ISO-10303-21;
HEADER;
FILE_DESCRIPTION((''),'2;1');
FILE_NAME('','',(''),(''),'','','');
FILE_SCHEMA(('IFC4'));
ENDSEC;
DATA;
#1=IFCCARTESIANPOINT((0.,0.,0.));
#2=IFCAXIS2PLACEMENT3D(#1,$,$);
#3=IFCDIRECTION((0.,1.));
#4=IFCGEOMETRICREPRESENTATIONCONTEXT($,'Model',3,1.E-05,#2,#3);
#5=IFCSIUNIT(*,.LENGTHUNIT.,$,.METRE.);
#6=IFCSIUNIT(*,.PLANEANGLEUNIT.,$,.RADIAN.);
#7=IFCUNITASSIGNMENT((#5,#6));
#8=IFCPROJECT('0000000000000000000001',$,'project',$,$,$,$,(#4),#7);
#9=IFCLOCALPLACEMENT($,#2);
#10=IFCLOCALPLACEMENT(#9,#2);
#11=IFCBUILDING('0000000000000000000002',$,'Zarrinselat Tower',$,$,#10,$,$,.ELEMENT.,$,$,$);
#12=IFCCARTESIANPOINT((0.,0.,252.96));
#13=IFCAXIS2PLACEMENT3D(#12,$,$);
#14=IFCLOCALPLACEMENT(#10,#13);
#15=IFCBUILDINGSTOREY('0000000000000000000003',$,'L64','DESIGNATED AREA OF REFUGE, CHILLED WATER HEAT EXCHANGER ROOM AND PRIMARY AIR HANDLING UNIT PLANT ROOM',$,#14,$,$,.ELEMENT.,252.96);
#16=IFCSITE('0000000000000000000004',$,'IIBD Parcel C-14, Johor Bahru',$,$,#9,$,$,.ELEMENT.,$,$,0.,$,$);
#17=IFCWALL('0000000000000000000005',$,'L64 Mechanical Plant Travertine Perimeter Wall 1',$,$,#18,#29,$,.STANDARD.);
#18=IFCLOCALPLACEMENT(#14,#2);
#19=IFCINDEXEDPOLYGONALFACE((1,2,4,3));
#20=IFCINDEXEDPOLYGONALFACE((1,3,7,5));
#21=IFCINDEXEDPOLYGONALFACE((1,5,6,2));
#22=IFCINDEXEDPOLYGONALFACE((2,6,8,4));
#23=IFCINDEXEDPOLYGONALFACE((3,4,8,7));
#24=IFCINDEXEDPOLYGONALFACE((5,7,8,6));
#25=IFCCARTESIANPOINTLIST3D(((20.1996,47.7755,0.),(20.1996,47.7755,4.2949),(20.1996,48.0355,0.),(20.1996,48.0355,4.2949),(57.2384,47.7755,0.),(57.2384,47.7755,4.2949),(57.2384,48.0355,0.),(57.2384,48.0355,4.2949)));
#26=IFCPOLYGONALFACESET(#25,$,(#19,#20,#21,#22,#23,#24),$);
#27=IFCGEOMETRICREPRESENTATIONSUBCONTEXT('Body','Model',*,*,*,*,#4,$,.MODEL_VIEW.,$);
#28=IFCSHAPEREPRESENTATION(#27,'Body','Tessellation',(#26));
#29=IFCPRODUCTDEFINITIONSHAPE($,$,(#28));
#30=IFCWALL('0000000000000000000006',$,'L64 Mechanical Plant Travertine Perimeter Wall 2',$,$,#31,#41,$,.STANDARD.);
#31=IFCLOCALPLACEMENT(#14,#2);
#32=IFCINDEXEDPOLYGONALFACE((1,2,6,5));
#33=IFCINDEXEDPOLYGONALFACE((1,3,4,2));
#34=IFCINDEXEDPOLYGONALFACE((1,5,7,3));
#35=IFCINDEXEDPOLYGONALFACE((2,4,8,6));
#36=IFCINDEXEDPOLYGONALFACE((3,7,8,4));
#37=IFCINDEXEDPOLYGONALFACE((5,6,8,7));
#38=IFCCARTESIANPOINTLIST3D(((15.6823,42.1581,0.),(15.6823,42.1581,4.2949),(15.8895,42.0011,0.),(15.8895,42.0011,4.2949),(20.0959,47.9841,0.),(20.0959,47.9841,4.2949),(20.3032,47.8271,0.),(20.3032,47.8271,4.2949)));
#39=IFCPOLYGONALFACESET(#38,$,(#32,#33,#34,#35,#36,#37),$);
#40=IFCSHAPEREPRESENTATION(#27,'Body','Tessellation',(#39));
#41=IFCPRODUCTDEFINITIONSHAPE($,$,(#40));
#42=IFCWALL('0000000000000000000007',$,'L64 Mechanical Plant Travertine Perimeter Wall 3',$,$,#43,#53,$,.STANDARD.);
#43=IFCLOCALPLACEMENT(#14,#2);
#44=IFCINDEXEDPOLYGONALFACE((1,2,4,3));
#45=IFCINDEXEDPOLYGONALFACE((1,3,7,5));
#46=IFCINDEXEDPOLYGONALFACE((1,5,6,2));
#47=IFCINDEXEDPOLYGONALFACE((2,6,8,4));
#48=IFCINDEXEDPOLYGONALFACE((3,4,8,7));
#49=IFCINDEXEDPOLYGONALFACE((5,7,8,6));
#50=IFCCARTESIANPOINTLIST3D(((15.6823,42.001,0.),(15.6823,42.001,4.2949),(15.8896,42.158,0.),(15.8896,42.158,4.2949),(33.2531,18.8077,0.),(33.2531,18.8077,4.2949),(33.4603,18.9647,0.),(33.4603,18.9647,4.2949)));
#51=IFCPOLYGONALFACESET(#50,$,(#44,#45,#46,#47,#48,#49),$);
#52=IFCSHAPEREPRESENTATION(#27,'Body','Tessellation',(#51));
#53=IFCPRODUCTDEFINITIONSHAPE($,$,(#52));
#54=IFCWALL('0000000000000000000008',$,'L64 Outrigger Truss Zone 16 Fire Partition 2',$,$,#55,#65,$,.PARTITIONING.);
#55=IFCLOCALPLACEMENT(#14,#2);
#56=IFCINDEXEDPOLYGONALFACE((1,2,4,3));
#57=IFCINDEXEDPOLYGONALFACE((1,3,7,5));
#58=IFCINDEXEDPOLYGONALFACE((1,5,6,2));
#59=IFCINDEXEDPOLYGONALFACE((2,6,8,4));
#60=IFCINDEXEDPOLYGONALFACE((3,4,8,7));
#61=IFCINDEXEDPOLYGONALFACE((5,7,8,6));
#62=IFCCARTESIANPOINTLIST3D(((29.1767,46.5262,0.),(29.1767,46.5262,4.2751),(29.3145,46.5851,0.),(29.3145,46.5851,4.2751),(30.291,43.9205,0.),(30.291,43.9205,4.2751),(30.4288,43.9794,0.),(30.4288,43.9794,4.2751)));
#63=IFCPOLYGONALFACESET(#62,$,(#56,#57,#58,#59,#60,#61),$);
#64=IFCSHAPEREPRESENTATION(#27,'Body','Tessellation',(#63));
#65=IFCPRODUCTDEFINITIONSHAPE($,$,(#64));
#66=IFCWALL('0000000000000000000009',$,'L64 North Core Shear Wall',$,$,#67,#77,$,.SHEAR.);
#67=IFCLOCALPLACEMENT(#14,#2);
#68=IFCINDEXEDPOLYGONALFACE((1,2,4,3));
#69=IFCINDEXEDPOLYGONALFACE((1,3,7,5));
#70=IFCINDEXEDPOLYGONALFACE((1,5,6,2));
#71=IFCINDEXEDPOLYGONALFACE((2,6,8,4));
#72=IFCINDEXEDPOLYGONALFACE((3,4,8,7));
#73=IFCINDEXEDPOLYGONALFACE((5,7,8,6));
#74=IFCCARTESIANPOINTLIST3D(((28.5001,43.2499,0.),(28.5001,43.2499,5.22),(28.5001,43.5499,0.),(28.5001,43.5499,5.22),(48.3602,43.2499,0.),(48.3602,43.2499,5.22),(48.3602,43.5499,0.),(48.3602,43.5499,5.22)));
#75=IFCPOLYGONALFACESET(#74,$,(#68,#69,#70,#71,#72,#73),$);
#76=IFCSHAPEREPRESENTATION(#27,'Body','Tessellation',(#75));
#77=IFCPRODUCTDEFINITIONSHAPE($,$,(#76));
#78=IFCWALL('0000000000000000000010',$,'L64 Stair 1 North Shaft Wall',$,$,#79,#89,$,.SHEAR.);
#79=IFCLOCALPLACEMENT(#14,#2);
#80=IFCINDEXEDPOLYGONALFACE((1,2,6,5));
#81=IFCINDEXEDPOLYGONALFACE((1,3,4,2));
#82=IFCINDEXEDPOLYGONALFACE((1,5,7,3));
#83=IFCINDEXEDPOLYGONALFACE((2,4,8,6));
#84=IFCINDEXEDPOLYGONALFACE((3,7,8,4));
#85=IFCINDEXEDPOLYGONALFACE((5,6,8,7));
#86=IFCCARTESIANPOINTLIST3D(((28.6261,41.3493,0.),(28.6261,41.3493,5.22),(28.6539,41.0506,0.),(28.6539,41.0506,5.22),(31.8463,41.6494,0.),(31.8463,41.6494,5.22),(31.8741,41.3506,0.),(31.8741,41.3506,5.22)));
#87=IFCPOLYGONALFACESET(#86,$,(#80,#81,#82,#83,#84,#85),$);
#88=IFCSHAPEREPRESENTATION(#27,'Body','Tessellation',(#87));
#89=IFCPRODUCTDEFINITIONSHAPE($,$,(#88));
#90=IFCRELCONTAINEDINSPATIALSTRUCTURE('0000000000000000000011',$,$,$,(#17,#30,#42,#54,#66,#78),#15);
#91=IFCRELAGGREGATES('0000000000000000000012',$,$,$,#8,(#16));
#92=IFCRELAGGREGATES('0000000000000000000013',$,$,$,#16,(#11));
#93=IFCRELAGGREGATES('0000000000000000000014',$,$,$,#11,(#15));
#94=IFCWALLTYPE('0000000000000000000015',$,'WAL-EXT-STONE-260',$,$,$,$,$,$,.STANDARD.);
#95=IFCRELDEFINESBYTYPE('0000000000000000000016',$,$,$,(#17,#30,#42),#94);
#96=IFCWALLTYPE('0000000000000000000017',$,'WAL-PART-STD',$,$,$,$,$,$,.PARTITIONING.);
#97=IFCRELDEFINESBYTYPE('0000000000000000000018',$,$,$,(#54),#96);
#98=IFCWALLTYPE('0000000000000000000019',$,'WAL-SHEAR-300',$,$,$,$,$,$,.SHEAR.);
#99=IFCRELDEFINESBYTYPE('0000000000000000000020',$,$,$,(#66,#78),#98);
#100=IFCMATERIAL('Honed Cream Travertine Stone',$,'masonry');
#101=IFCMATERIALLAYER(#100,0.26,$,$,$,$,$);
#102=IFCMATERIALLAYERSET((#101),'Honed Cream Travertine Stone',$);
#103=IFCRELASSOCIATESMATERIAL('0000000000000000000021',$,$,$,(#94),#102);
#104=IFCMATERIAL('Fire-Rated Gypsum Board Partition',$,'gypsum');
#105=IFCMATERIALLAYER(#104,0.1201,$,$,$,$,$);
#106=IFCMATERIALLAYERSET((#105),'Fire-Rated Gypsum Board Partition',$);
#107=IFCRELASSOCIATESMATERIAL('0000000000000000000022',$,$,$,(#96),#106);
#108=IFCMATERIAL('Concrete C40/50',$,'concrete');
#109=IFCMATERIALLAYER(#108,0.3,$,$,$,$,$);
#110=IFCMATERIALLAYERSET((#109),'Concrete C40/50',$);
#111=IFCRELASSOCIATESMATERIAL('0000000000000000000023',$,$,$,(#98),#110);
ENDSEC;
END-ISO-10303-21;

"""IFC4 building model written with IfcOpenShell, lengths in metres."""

from ifc_helpers import new_model, si_unit, direction, frame, frame_2d, origin, place, context, subcontext, project, spatial, rectangle, extrude, material, layer, layer_set, type_object, element, save


model = new_model("IFC4")

# Units and contexts
model_context = context("Model", 3, precision=1e-05, world=origin(), true_north=direction((0.0, 1.0)))
body_context = subcontext(model_context, "Body", "Model", "MODEL_VIEW")
ifc_project = project(units=[si_unit("LENGTHUNIT", "METRE"), si_unit("PLANEANGLEUNIT", "RADIAN")], contexts=[model_context])

# Site, building, storey
site_placement = place(None, origin())
site = spatial("IfcSite", under=ifc_project, at=site_placement, Name="IIBD Parcel C-14, Johor Bahru", CompositionType="ELEMENT", RefElevation=0.0)
building_placement = place(site_placement, origin())
building = spatial("IfcBuilding", under=site, at=building_placement, Name="Zarrinselat Tower", CompositionType="ELEMENT")
storey_placement = place(building_placement, frame((0.0, 0.0, 252.96)))
storey = spatial("IfcBuildingStorey", under=building, at=storey_placement, Name="L64", Description="DESIGNATED AREA OF REFUGE, CHILLED WATER HEAT EXCHANGER ROOM AND PRIMARY AIR HANDLING UNIT PLANT ROOM", CompositionType="ELEMENT", Elevation=252.96)

# Walls
ifc_material_1 = material(Name="Honed Cream Travertine Stone", Category="masonry")
ifc_layer_1 = layer(ifc_material_1, 0.26)
ifc_layer_set_1 = layer_set([ifc_layer_1], Name="Honed Cream Travertine Stone")
wall_type_1 = type_object("IfcWallType", Name="WAL-EXT-STONE-260", PredefinedType="STANDARD", material=ifc_layer_set_1)
wall_1_placement = place(storey_placement, frame((20.1995, 47.9055, 0.0), z_axis=(0.0, 0.0, 1.0), x_axis=(1.0, 0.0, 0.0)))
element("IfcWall", 1, at=wall_1_placement, inside=storey, type_object=wall_type_1, Name="L64 Mechanical Plant Travertine Perimeter Wall 1", PredefinedType="STANDARD", context=body_context, shape_type="SweptSolid", body=[
    extrude(rectangle(XDim=37.0388, YDim=0.26, at=frame_2d((18.5195, 0.0))), origin(), (0.0, 0.0, 1.0), 4.2949),
])
wall_2_placement = place(storey_placement, frame((15.7859, 42.0796, 0.0), z_axis=(0.0, 0.0, 1.0), x_axis=(0.603857, 0.797093, 0.0)))
element("IfcWall", 2, at=wall_2_placement, inside=storey, type_object=wall_type_1, Name="L64 Mechanical Plant Travertine Perimeter Wall 2", PredefinedType="STANDARD", context=body_context, shape_type="SweptSolid", body=[
    extrude(rectangle(XDim=7.3091, YDim=0.26, at=frame_2d((3.6545, 0.0))), origin(), (0.0, 0.0, 1.0), 4.2949),
])
wall_3_placement = place(storey_placement, frame((15.7859, 42.0796, 0.0), z_axis=(0.0, 0.0, 1.0), x_axis=(0.603859, -0.797091, 0.0)))
element("IfcWall", 3, at=wall_3_placement, inside=storey, type_object=wall_type_1, Name="L64 Mechanical Plant Travertine Perimeter Wall 3", PredefinedType="STANDARD", context=body_context, shape_type="SweptSolid", body=[
    extrude(rectangle(XDim=29.0974, YDim=0.26, at=frame_2d((14.5488, 0.0))), origin(), (0.0, 0.0, 1.0), 4.2949),
])
ifc_material_2 = material(Name="Fire-Rated Gypsum Board Partition", Category="gypsum")
ifc_layer_2 = layer(ifc_material_2, 0.1201)
ifc_layer_set_2 = layer_set([ifc_layer_2], Name="Fire-Rated Gypsum Board Partition")
wall_type_2 = type_object("IfcWallType", Name="WAL-PART-STD", PredefinedType="PARTITIONING", material=ifc_layer_set_2)
wall_4_placement = place(storey_placement, frame((29.2456, 46.5557, 0.0), z_axis=(0.0, 0.0, 1.0), x_axis=(0.393181, -0.919461, 0.0)))
element("IfcWall", 4, at=wall_4_placement, inside=storey, type_object=wall_type_2, Name="L64 Outrigger Truss Zone 16 Fire Partition 2", PredefinedType="PARTITIONING", context=body_context, shape_type="SweptSolid", body=[
    extrude(rectangle(XDim=2.834, YDim=0.1499, at=frame_2d((1.417, 0.0))), origin(), (0.0, 0.0, 1.0), 4.2751),
])
ifc_material_3 = material(Name="Concrete C40/50", Category="concrete")
ifc_layer_3 = layer(ifc_material_3, 0.3)
ifc_layer_set_3 = layer_set([ifc_layer_3], Name="Concrete C40/50")
wall_type_3 = type_object("IfcWallType", Name="WAL-SHEAR-300", PredefinedType="SHEAR", material=ifc_layer_set_3)
wall_5_placement = place(storey_placement, frame((28.5, 43.3999, 0.0), z_axis=(0.0, 0.0, 1.0), x_axis=(1.0, 0.0, 0.0)))
element("IfcWall", 5, at=wall_5_placement, inside=storey, type_object=wall_type_3, Name="L64 North Core Shear Wall", PredefinedType="SHEAR", context=body_context, shape_type="SweptSolid", body=[
    extrude(rectangle(XDim=19.8601, YDim=0.3, at=frame_2d((9.9302, 0.0))), origin(), (0.0, 0.0, 1.0), 5.22),
])
wall_6_placement = place(storey_placement, frame((28.6399, 41.2, 0.0), z_axis=(0.0, 0.0, 1.0), x_axis=(0.995687, 0.092775, 0.0)))
element("IfcWall", 6, at=wall_6_placement, inside=storey, type_object=wall_type_3, Name="L64 Stair 1 North Shaft Wall", PredefinedType="SHEAR", context=body_context, shape_type="SweptSolid", body=[
    extrude(rectangle(XDim=3.2341, YDim=0.3, at=frame_2d((1.6172, 0.0))), origin(), (0.0, 0.0, 1.0), 5.22),
])

save(model, "model.ifc")
